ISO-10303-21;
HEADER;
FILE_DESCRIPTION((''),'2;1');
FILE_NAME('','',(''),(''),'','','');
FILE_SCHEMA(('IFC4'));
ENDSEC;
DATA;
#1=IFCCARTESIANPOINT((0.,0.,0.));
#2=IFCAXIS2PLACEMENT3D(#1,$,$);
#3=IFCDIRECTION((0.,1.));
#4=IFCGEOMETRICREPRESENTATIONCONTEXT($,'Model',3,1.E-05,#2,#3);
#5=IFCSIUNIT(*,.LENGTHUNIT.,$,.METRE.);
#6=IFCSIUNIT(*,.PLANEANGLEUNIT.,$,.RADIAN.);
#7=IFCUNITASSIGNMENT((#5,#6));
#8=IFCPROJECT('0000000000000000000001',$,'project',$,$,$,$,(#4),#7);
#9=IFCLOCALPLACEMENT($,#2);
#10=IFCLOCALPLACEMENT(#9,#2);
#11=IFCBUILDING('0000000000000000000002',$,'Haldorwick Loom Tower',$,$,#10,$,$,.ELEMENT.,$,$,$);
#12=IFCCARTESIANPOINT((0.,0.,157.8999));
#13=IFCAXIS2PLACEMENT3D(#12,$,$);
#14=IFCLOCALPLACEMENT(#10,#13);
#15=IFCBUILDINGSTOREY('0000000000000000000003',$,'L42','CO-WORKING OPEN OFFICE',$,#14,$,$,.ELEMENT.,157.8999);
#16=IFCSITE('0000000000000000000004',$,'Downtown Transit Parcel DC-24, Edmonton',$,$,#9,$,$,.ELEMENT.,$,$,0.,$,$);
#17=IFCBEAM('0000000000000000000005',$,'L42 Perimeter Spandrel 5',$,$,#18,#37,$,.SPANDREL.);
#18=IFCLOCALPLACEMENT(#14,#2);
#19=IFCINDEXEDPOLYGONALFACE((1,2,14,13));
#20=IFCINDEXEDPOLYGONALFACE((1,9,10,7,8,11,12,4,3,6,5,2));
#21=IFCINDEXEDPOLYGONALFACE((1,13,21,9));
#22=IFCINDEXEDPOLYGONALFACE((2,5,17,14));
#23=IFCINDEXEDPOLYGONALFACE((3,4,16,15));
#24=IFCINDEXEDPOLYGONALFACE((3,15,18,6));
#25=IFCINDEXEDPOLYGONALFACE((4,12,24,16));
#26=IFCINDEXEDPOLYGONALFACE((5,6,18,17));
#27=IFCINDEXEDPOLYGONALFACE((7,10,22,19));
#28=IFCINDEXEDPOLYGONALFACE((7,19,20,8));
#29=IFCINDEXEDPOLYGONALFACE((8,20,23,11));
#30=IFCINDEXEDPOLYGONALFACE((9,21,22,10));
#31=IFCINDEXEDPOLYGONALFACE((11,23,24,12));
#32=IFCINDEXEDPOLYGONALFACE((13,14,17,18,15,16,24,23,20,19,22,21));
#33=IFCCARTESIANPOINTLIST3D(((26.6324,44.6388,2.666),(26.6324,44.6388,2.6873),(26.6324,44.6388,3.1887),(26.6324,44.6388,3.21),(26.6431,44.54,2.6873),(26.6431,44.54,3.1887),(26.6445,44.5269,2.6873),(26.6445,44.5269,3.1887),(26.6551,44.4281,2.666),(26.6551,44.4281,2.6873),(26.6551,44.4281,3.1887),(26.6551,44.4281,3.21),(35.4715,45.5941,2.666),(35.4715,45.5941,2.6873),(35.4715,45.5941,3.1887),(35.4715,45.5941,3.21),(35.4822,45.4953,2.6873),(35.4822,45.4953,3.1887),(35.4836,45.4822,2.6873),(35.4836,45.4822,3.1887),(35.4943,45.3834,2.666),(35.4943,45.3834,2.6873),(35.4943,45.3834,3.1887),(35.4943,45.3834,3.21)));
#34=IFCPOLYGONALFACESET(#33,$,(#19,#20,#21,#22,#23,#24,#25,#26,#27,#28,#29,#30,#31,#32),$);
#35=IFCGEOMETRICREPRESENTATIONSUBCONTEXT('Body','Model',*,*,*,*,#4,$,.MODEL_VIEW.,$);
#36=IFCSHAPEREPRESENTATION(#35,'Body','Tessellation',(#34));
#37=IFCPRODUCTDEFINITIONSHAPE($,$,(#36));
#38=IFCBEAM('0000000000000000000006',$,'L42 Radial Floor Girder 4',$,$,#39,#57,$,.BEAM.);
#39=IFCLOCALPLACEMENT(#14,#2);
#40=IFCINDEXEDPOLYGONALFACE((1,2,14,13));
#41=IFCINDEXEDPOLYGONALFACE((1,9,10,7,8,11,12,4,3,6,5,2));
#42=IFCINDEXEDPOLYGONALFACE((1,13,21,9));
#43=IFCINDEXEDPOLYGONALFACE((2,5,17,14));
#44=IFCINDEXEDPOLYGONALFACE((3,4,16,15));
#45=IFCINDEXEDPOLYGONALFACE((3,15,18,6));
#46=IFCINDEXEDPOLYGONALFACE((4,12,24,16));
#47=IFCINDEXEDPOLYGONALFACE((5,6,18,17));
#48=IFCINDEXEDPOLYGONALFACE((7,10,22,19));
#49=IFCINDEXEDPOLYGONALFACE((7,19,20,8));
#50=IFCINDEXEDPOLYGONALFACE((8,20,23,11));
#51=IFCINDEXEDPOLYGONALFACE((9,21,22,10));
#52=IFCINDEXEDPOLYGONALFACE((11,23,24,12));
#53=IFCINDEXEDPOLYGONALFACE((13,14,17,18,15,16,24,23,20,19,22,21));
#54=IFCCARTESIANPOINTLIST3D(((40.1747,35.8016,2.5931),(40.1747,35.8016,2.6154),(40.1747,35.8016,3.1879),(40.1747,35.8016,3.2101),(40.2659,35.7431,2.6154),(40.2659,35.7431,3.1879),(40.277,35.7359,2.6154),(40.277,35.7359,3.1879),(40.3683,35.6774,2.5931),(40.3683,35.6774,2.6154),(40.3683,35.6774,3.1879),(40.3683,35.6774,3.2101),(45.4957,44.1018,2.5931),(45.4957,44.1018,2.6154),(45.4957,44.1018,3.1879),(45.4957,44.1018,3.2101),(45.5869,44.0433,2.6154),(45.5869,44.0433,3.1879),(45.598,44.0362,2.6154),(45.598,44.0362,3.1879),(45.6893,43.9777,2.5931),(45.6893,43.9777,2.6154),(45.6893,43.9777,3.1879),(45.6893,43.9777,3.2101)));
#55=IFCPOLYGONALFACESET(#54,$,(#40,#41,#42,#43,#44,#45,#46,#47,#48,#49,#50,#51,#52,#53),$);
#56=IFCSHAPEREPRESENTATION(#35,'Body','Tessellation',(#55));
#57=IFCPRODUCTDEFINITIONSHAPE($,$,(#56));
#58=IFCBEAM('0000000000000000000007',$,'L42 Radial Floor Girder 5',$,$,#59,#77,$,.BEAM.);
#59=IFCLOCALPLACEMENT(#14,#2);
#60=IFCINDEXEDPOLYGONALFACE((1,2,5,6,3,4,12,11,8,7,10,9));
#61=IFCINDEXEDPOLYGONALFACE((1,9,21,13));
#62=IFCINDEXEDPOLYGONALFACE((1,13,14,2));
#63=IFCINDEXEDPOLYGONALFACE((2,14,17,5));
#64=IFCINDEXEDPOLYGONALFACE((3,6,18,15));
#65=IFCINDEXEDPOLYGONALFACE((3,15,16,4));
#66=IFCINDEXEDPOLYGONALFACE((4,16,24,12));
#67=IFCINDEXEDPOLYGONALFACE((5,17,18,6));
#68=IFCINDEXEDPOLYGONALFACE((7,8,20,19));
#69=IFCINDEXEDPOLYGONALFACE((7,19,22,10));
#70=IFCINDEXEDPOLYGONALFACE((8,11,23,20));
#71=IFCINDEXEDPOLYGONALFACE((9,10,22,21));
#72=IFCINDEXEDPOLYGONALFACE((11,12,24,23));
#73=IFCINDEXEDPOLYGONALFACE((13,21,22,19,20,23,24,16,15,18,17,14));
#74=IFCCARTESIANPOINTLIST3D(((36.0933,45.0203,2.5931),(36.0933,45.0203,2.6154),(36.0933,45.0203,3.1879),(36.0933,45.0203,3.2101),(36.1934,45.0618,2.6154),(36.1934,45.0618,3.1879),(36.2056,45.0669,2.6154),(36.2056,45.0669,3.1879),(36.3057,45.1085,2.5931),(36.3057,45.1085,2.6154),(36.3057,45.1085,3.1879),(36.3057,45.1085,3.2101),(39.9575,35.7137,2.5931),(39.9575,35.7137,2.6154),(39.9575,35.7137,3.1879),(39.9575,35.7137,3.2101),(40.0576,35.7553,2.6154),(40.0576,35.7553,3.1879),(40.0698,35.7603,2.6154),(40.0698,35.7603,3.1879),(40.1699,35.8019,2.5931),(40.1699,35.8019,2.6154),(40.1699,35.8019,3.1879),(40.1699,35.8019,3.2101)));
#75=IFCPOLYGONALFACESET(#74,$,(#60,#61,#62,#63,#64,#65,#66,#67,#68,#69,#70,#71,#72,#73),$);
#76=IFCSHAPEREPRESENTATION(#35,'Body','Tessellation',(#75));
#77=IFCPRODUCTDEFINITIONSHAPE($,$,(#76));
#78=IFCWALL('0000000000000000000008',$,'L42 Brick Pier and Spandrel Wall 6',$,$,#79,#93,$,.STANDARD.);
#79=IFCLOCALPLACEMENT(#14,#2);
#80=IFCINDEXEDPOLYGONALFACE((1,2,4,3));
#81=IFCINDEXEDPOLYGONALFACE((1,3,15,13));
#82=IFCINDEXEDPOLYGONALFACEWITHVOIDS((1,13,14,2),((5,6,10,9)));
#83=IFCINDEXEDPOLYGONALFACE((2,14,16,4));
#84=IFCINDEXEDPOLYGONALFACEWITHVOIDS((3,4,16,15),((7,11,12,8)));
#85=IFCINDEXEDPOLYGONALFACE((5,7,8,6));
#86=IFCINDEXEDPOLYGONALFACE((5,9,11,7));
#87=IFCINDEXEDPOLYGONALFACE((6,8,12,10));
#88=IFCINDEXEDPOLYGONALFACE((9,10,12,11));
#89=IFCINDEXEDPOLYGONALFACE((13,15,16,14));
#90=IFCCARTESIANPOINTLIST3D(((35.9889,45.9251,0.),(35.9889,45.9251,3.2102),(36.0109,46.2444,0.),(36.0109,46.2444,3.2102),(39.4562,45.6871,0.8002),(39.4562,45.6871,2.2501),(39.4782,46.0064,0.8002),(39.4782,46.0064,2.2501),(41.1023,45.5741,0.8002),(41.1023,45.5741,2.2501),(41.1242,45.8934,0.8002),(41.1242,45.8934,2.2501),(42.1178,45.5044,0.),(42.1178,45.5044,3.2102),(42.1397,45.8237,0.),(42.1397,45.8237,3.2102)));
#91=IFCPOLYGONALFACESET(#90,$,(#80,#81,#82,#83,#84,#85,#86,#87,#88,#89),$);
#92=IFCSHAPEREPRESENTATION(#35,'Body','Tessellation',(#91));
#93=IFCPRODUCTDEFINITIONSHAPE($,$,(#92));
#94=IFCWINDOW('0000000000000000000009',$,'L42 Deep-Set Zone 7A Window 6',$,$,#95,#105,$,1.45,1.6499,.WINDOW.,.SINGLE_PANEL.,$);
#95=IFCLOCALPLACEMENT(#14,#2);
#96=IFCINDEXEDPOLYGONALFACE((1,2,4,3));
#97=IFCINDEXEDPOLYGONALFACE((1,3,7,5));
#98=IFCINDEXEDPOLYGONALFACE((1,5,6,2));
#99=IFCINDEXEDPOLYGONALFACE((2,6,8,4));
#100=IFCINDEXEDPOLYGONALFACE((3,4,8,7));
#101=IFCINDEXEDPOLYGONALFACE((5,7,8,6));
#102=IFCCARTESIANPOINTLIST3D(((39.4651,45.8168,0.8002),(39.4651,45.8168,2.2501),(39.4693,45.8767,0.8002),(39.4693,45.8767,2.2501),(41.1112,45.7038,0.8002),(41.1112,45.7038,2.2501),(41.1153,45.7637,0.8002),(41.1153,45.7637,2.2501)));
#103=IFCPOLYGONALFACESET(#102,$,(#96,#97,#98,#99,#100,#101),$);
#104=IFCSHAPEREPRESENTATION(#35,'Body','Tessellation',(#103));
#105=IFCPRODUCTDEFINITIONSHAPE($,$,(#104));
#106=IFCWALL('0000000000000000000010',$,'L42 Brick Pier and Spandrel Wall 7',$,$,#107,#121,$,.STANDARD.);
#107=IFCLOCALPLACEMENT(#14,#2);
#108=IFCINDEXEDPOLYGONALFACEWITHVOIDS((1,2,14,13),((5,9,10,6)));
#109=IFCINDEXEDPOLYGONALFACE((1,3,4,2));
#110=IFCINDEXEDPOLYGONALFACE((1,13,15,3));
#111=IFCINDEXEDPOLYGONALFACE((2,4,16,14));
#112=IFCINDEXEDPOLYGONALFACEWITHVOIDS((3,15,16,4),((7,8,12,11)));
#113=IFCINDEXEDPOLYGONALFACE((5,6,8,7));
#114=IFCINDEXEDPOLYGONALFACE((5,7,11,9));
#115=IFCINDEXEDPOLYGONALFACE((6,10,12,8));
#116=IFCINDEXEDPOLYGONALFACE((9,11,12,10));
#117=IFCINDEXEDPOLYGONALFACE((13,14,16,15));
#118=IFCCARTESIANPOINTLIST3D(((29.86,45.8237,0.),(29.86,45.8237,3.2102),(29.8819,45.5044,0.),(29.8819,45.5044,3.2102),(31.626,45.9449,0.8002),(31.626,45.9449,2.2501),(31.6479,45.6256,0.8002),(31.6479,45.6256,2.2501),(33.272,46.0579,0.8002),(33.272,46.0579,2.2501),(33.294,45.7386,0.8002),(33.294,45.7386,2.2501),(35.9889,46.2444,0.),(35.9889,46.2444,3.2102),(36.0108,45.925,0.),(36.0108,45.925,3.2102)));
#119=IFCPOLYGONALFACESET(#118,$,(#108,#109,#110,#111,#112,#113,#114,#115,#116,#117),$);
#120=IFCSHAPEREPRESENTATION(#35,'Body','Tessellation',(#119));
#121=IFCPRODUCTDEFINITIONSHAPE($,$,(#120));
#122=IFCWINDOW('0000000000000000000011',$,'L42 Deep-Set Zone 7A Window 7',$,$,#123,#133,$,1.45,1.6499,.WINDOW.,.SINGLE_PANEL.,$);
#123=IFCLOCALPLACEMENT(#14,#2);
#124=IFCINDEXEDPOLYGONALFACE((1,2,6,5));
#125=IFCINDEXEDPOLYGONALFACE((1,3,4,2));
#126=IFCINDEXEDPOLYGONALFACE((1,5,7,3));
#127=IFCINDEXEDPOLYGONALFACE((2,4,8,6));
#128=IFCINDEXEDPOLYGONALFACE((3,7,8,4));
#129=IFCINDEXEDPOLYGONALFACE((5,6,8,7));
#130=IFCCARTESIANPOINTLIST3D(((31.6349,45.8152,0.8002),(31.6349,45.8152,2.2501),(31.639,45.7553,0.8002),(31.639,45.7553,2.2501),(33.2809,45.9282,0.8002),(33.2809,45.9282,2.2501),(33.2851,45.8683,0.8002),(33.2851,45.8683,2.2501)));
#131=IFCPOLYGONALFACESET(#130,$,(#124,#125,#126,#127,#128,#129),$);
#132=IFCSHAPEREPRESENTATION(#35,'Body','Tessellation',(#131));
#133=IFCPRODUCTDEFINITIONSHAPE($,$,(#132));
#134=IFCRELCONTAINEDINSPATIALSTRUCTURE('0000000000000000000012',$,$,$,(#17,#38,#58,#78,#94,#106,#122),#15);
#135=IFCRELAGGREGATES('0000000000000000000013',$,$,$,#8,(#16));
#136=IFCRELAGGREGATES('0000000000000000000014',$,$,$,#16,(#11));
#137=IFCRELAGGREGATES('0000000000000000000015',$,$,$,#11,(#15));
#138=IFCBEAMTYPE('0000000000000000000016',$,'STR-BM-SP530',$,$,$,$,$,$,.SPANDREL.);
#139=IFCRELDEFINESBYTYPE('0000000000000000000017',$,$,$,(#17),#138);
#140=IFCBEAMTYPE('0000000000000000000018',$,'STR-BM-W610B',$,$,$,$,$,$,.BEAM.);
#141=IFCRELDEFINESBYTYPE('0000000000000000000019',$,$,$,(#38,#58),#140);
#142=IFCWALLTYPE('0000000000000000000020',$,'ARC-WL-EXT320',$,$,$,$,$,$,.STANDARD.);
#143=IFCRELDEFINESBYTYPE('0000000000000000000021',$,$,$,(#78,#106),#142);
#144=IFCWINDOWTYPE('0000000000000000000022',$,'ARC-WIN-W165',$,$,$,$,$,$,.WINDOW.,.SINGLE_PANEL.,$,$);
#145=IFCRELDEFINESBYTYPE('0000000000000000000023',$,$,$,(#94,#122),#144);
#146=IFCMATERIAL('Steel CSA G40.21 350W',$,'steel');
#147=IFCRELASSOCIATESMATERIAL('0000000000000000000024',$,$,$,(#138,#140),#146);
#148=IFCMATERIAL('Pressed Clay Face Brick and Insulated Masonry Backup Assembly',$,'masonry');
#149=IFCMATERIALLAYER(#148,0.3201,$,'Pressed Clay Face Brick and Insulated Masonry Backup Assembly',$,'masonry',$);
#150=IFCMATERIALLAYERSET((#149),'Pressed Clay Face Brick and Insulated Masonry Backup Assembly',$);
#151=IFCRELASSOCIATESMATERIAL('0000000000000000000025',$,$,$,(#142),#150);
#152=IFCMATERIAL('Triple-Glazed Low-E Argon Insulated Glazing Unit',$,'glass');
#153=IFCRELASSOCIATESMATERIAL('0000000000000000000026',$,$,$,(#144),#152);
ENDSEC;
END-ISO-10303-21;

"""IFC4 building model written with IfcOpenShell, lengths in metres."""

from ifc_helpers import new_model, si_unit, direction, frame, frame_2d, origin, origin_2d, place, context, subcontext, project, spatial, rectangle, i_section, extrude, material, layer, layer_set, material_profile, profile_set, type_object, element, fill, save


model = new_model("IFC4")

# Units and contexts
model_context = context("Model", 3, precision=1e-05, world=origin(), true_north=direction((0.0, 1.0)))
body_context = subcontext(model_context, "Body", "Model", "MODEL_VIEW")
ifc_project = project(units=[si_unit("LENGTHUNIT", "METRE"), si_unit("PLANEANGLEUNIT", "RADIAN")], contexts=[model_context])

# Site, building, storey
site_placement = place(None, origin())
site = spatial("IfcSite", under=ifc_project, at=site_placement, Name="Downtown Transit Parcel DC-24, Edmonton", CompositionType="ELEMENT", RefElevation=0.0)
building_placement = place(site_placement, origin())
building = spatial("IfcBuilding", under=site, at=building_placement, Name="Haldorwick Loom Tower", CompositionType="ELEMENT")
storey_placement = place(building_placement, frame((0.0, 0.0, 157.8999)))
storey = spatial("IfcBuildingStorey", under=building, at=storey_placement, Name="L42", Description="CO-WORKING OPEN OFFICE", CompositionType="ELEMENT", Elevation=157.8999)

# Beams
ifc_material_1 = material(Name="Steel CSA G40.21 350W", Category="steel")
ifc_material_profile_1 = material_profile(ifc_material_1, i_section(OverallWidth=0.2119, OverallDepth=0.5439, WebThickness=0.0132, FlangeThickness=0.0212, at=origin_2d()), Name="W530X123", Category="steel")
ifc_profile_set_1 = profile_set([ifc_material_profile_1], Name="Steel CSA G40.21 350W")
beam_type_1 = type_object("IfcBeamType", Name="STR-BM-SP530", PredefinedType="SPANDREL", material=ifc_profile_set_1)
for number, where, z_axis, x_axis, name in (
    (1, (35.4829, 45.4888, 2.938), (-0.99421, -0.107453, 0.0), (0.107453, -0.99421, 0.0), "L42 Perimeter Spandrel 5"),
):
    element("IfcBeam", number, at=place(storey_placement, frame(where, z_axis=z_axis, x_axis=x_axis)), inside=storey, type_object=beam_type_1, Name=name, PredefinedType="SPANDREL", context=body_context, shape_type="SweptSolid", body=[
        extrude(i_section(OverallWidth=0.2119, OverallDepth=0.5439, WebThickness=0.0132, FlangeThickness=0.0212, at=origin_2d()), origin(), (0.0, 0.0, 1.0), 8.8906),
    ])
ifc_material_profile_2 = material_profile(ifc_material_1, i_section(OverallWidth=0.23, OverallDepth=0.6169, WebThickness=0.0132, FlangeThickness=0.0222, at=origin_2d()), Name="W610X140", Category="steel")
ifc_profile_set_2 = profile_set([ifc_material_profile_2], Name="Steel CSA G40.21 350W")
beam_type_2 = type_object("IfcBeamType", Name="STR-BM-W610B", PredefinedType="BEAM", material=ifc_profile_set_2)
beam_1_placement = place(storey_placement, frame((40.2715, 35.7395, 2.9016), z_axis=(0.539691, 0.841863, 0.0), x_axis=(-0.841863, 0.539691, 0.0)))
element("IfcBeam", 2, at=beam_1_placement, inside=storey, type_object=beam_type_2, Name="L42 Radial Floor Girder 4", PredefinedType="BEAM", context=body_context, shape_type="SweptSolid", body=[
    extrude(i_section(OverallWidth=0.23, OverallDepth=0.6169, WebThickness=0.0132, FlangeThickness=0.0222, at=origin_2d()), origin(), (0.0, 0.0, 1.0), 9.8594),
])
beam_2_placement = place(storey_placement, frame((40.0637, 35.7578, 2.9016), z_axis=(-0.383473, 0.923552, 0.0), x_axis=(-0.923552, -0.383473, 0.0)))
element("IfcBeam", 3, at=beam_2_placement, inside=storey, type_object=beam_type_2, Name="L42 Radial Floor Girder 5", PredefinedType="BEAM", context=body_context, shape_type="SweptSolid", body=[
    extrude(i_section(OverallWidth=0.23, OverallDepth=0.6169, WebThickness=0.0132, FlangeThickness=0.0222, at=origin_2d()), origin(), (0.0, 0.0, 1.0), 10.0769),
])

# Walls, openings, windows
ifc_material_2 = material(Name="Pressed Clay Face Brick and Insulated Masonry Backup Assembly", Category="masonry")
ifc_layer = layer(ifc_material_2, 0.3201, Name="Pressed Clay Face Brick and Insulated Masonry Backup Assembly", Category="masonry")
ifc_layer_set = layer_set([ifc_layer], Name="Pressed Clay Face Brick and Insulated Masonry Backup Assembly")
wall_type = type_object("IfcWallType", Name="ARC-WL-EXT320", PredefinedType="STANDARD", material=ifc_layer_set)
wall_1_placement = place(storey_placement, frame((42.1289, 45.6641, 0.0), z_axis=(0.0, 0.0, 1.0), x_axis=(-0.997653, 0.068473, 0.0)))
wall_1 = element("IfcWall", 4, at=wall_1_placement, inside=storey, type_object=wall_type, Name="L42 Brick Pier and Spandrel Wall 6", PredefinedType="STANDARD", context=body_context, shape_type="SweptSolid", body=[
    extrude(rectangle(XDim=6.1433, YDim=0.3201, at=frame_2d((3.0718, 0.0))), origin(), (0.0, 0.0, 1.0), 3.2102),
])
opening_1_placement = place(wall_1_placement, frame((1.0181, 0.0, 0.8)))
opening_1 = element("IfcOpeningElement", 5, at=opening_1_placement, cuts=wall_1, PredefinedType="OPENING", context=body_context, shape_type="SweptSolid", body=[
    extrude(rectangle(XDim=1.6499, YDim=1.45, at=frame_2d((0.825, 0.7251))), frame((0.0, 0.1699, 0.0), z_axis=(0.0, -1.0, 0.0), x_axis=(1.0, 0.0, 0.0)), (0.0, 0.0, 1.0), 0.3401),
])
ifc_material_3 = material(Name="Triple-Glazed Low-E Argon Insulated Glazing Unit", Category="glass")
window_type = type_object("IfcWindowType", Name="ARC-WIN-W165", PartitioningType="SINGLE_PANEL", PredefinedType="WINDOW", material=ifc_material_3)
window_1_placement = place(opening_1_placement, origin())
window_1 = element("IfcWindow", 6, at=window_1_placement, inside=storey, type_object=window_type, Name="L42 Deep-Set Zone 7A Window 6", OverallHeight=1.45, OverallWidth=1.6499, PartitioningType="SINGLE_PANEL", PredefinedType="WINDOW", context=body_context, shape_type="SweptSolid", body=[
    extrude(rectangle(XDim=1.6499, YDim=1.45, at=frame_2d((0.825, 0.7251))), frame((0.0, 0.03, 0.0), z_axis=(0.0, -1.0, 0.0), x_axis=(1.0, 0.0, 0.0)), (0.0, 0.0, 1.0), 0.0601),
])
fill(opening_1, window_1)
wall_2_placement = place(storey_placement, frame((36.0, 46.0847, 0.0), z_axis=(0.0, 0.0, 1.0), x_axis=(-0.997653, -0.068473, 0.0)))
wall_2 = element("IfcWall", 7, at=wall_2_placement, inside=storey, type_object=wall_type, Name="L42 Brick Pier and Spandrel Wall 7", PredefinedType="STANDARD", context=body_context, shape_type="SweptSolid", body=[
    extrude(rectangle(XDim=6.1433, YDim=0.3201, at=frame_2d((3.0718, 0.0))), origin(), (0.0, 0.0, 1.0), 3.2102),
])
opening_2_placement = place(wall_2_placement, frame((2.7234, 0.0, 0.8)))
opening_2 = element("IfcOpeningElement", 8, at=opening_2_placement, cuts=wall_2, PredefinedType="OPENING", context=body_context, shape_type="SweptSolid", body=[
    extrude(rectangle(XDim=1.6499, YDim=1.45, at=frame_2d((0.825, 0.7251))), frame((0.0, 0.1699, 0.0), z_axis=(0.0, -1.0, 0.0), x_axis=(1.0, 0.0, 0.0)), (0.0, 0.0, 1.0), 0.3401),
])
window_2_placement = place(opening_2_placement, origin())
window_2 = element("IfcWindow", 9, at=window_2_placement, inside=storey, type_object=window_type, Name="L42 Deep-Set Zone 7A Window 7", OverallHeight=1.45, OverallWidth=1.6499, PartitioningType="SINGLE_PANEL", PredefinedType="WINDOW", context=body_context, shape_type="SweptSolid", body=[
    extrude(rectangle(XDim=1.6499, YDim=1.45, at=frame_2d((0.825, 0.7251))), frame((0.0, 0.03, 0.0), z_axis=(0.0, -1.0, 0.0), x_axis=(1.0, 0.0, 0.0)), (0.0, 0.0, 1.0), 0.0601),
])
fill(opening_2, window_2)

save(model, "model.ifc")
